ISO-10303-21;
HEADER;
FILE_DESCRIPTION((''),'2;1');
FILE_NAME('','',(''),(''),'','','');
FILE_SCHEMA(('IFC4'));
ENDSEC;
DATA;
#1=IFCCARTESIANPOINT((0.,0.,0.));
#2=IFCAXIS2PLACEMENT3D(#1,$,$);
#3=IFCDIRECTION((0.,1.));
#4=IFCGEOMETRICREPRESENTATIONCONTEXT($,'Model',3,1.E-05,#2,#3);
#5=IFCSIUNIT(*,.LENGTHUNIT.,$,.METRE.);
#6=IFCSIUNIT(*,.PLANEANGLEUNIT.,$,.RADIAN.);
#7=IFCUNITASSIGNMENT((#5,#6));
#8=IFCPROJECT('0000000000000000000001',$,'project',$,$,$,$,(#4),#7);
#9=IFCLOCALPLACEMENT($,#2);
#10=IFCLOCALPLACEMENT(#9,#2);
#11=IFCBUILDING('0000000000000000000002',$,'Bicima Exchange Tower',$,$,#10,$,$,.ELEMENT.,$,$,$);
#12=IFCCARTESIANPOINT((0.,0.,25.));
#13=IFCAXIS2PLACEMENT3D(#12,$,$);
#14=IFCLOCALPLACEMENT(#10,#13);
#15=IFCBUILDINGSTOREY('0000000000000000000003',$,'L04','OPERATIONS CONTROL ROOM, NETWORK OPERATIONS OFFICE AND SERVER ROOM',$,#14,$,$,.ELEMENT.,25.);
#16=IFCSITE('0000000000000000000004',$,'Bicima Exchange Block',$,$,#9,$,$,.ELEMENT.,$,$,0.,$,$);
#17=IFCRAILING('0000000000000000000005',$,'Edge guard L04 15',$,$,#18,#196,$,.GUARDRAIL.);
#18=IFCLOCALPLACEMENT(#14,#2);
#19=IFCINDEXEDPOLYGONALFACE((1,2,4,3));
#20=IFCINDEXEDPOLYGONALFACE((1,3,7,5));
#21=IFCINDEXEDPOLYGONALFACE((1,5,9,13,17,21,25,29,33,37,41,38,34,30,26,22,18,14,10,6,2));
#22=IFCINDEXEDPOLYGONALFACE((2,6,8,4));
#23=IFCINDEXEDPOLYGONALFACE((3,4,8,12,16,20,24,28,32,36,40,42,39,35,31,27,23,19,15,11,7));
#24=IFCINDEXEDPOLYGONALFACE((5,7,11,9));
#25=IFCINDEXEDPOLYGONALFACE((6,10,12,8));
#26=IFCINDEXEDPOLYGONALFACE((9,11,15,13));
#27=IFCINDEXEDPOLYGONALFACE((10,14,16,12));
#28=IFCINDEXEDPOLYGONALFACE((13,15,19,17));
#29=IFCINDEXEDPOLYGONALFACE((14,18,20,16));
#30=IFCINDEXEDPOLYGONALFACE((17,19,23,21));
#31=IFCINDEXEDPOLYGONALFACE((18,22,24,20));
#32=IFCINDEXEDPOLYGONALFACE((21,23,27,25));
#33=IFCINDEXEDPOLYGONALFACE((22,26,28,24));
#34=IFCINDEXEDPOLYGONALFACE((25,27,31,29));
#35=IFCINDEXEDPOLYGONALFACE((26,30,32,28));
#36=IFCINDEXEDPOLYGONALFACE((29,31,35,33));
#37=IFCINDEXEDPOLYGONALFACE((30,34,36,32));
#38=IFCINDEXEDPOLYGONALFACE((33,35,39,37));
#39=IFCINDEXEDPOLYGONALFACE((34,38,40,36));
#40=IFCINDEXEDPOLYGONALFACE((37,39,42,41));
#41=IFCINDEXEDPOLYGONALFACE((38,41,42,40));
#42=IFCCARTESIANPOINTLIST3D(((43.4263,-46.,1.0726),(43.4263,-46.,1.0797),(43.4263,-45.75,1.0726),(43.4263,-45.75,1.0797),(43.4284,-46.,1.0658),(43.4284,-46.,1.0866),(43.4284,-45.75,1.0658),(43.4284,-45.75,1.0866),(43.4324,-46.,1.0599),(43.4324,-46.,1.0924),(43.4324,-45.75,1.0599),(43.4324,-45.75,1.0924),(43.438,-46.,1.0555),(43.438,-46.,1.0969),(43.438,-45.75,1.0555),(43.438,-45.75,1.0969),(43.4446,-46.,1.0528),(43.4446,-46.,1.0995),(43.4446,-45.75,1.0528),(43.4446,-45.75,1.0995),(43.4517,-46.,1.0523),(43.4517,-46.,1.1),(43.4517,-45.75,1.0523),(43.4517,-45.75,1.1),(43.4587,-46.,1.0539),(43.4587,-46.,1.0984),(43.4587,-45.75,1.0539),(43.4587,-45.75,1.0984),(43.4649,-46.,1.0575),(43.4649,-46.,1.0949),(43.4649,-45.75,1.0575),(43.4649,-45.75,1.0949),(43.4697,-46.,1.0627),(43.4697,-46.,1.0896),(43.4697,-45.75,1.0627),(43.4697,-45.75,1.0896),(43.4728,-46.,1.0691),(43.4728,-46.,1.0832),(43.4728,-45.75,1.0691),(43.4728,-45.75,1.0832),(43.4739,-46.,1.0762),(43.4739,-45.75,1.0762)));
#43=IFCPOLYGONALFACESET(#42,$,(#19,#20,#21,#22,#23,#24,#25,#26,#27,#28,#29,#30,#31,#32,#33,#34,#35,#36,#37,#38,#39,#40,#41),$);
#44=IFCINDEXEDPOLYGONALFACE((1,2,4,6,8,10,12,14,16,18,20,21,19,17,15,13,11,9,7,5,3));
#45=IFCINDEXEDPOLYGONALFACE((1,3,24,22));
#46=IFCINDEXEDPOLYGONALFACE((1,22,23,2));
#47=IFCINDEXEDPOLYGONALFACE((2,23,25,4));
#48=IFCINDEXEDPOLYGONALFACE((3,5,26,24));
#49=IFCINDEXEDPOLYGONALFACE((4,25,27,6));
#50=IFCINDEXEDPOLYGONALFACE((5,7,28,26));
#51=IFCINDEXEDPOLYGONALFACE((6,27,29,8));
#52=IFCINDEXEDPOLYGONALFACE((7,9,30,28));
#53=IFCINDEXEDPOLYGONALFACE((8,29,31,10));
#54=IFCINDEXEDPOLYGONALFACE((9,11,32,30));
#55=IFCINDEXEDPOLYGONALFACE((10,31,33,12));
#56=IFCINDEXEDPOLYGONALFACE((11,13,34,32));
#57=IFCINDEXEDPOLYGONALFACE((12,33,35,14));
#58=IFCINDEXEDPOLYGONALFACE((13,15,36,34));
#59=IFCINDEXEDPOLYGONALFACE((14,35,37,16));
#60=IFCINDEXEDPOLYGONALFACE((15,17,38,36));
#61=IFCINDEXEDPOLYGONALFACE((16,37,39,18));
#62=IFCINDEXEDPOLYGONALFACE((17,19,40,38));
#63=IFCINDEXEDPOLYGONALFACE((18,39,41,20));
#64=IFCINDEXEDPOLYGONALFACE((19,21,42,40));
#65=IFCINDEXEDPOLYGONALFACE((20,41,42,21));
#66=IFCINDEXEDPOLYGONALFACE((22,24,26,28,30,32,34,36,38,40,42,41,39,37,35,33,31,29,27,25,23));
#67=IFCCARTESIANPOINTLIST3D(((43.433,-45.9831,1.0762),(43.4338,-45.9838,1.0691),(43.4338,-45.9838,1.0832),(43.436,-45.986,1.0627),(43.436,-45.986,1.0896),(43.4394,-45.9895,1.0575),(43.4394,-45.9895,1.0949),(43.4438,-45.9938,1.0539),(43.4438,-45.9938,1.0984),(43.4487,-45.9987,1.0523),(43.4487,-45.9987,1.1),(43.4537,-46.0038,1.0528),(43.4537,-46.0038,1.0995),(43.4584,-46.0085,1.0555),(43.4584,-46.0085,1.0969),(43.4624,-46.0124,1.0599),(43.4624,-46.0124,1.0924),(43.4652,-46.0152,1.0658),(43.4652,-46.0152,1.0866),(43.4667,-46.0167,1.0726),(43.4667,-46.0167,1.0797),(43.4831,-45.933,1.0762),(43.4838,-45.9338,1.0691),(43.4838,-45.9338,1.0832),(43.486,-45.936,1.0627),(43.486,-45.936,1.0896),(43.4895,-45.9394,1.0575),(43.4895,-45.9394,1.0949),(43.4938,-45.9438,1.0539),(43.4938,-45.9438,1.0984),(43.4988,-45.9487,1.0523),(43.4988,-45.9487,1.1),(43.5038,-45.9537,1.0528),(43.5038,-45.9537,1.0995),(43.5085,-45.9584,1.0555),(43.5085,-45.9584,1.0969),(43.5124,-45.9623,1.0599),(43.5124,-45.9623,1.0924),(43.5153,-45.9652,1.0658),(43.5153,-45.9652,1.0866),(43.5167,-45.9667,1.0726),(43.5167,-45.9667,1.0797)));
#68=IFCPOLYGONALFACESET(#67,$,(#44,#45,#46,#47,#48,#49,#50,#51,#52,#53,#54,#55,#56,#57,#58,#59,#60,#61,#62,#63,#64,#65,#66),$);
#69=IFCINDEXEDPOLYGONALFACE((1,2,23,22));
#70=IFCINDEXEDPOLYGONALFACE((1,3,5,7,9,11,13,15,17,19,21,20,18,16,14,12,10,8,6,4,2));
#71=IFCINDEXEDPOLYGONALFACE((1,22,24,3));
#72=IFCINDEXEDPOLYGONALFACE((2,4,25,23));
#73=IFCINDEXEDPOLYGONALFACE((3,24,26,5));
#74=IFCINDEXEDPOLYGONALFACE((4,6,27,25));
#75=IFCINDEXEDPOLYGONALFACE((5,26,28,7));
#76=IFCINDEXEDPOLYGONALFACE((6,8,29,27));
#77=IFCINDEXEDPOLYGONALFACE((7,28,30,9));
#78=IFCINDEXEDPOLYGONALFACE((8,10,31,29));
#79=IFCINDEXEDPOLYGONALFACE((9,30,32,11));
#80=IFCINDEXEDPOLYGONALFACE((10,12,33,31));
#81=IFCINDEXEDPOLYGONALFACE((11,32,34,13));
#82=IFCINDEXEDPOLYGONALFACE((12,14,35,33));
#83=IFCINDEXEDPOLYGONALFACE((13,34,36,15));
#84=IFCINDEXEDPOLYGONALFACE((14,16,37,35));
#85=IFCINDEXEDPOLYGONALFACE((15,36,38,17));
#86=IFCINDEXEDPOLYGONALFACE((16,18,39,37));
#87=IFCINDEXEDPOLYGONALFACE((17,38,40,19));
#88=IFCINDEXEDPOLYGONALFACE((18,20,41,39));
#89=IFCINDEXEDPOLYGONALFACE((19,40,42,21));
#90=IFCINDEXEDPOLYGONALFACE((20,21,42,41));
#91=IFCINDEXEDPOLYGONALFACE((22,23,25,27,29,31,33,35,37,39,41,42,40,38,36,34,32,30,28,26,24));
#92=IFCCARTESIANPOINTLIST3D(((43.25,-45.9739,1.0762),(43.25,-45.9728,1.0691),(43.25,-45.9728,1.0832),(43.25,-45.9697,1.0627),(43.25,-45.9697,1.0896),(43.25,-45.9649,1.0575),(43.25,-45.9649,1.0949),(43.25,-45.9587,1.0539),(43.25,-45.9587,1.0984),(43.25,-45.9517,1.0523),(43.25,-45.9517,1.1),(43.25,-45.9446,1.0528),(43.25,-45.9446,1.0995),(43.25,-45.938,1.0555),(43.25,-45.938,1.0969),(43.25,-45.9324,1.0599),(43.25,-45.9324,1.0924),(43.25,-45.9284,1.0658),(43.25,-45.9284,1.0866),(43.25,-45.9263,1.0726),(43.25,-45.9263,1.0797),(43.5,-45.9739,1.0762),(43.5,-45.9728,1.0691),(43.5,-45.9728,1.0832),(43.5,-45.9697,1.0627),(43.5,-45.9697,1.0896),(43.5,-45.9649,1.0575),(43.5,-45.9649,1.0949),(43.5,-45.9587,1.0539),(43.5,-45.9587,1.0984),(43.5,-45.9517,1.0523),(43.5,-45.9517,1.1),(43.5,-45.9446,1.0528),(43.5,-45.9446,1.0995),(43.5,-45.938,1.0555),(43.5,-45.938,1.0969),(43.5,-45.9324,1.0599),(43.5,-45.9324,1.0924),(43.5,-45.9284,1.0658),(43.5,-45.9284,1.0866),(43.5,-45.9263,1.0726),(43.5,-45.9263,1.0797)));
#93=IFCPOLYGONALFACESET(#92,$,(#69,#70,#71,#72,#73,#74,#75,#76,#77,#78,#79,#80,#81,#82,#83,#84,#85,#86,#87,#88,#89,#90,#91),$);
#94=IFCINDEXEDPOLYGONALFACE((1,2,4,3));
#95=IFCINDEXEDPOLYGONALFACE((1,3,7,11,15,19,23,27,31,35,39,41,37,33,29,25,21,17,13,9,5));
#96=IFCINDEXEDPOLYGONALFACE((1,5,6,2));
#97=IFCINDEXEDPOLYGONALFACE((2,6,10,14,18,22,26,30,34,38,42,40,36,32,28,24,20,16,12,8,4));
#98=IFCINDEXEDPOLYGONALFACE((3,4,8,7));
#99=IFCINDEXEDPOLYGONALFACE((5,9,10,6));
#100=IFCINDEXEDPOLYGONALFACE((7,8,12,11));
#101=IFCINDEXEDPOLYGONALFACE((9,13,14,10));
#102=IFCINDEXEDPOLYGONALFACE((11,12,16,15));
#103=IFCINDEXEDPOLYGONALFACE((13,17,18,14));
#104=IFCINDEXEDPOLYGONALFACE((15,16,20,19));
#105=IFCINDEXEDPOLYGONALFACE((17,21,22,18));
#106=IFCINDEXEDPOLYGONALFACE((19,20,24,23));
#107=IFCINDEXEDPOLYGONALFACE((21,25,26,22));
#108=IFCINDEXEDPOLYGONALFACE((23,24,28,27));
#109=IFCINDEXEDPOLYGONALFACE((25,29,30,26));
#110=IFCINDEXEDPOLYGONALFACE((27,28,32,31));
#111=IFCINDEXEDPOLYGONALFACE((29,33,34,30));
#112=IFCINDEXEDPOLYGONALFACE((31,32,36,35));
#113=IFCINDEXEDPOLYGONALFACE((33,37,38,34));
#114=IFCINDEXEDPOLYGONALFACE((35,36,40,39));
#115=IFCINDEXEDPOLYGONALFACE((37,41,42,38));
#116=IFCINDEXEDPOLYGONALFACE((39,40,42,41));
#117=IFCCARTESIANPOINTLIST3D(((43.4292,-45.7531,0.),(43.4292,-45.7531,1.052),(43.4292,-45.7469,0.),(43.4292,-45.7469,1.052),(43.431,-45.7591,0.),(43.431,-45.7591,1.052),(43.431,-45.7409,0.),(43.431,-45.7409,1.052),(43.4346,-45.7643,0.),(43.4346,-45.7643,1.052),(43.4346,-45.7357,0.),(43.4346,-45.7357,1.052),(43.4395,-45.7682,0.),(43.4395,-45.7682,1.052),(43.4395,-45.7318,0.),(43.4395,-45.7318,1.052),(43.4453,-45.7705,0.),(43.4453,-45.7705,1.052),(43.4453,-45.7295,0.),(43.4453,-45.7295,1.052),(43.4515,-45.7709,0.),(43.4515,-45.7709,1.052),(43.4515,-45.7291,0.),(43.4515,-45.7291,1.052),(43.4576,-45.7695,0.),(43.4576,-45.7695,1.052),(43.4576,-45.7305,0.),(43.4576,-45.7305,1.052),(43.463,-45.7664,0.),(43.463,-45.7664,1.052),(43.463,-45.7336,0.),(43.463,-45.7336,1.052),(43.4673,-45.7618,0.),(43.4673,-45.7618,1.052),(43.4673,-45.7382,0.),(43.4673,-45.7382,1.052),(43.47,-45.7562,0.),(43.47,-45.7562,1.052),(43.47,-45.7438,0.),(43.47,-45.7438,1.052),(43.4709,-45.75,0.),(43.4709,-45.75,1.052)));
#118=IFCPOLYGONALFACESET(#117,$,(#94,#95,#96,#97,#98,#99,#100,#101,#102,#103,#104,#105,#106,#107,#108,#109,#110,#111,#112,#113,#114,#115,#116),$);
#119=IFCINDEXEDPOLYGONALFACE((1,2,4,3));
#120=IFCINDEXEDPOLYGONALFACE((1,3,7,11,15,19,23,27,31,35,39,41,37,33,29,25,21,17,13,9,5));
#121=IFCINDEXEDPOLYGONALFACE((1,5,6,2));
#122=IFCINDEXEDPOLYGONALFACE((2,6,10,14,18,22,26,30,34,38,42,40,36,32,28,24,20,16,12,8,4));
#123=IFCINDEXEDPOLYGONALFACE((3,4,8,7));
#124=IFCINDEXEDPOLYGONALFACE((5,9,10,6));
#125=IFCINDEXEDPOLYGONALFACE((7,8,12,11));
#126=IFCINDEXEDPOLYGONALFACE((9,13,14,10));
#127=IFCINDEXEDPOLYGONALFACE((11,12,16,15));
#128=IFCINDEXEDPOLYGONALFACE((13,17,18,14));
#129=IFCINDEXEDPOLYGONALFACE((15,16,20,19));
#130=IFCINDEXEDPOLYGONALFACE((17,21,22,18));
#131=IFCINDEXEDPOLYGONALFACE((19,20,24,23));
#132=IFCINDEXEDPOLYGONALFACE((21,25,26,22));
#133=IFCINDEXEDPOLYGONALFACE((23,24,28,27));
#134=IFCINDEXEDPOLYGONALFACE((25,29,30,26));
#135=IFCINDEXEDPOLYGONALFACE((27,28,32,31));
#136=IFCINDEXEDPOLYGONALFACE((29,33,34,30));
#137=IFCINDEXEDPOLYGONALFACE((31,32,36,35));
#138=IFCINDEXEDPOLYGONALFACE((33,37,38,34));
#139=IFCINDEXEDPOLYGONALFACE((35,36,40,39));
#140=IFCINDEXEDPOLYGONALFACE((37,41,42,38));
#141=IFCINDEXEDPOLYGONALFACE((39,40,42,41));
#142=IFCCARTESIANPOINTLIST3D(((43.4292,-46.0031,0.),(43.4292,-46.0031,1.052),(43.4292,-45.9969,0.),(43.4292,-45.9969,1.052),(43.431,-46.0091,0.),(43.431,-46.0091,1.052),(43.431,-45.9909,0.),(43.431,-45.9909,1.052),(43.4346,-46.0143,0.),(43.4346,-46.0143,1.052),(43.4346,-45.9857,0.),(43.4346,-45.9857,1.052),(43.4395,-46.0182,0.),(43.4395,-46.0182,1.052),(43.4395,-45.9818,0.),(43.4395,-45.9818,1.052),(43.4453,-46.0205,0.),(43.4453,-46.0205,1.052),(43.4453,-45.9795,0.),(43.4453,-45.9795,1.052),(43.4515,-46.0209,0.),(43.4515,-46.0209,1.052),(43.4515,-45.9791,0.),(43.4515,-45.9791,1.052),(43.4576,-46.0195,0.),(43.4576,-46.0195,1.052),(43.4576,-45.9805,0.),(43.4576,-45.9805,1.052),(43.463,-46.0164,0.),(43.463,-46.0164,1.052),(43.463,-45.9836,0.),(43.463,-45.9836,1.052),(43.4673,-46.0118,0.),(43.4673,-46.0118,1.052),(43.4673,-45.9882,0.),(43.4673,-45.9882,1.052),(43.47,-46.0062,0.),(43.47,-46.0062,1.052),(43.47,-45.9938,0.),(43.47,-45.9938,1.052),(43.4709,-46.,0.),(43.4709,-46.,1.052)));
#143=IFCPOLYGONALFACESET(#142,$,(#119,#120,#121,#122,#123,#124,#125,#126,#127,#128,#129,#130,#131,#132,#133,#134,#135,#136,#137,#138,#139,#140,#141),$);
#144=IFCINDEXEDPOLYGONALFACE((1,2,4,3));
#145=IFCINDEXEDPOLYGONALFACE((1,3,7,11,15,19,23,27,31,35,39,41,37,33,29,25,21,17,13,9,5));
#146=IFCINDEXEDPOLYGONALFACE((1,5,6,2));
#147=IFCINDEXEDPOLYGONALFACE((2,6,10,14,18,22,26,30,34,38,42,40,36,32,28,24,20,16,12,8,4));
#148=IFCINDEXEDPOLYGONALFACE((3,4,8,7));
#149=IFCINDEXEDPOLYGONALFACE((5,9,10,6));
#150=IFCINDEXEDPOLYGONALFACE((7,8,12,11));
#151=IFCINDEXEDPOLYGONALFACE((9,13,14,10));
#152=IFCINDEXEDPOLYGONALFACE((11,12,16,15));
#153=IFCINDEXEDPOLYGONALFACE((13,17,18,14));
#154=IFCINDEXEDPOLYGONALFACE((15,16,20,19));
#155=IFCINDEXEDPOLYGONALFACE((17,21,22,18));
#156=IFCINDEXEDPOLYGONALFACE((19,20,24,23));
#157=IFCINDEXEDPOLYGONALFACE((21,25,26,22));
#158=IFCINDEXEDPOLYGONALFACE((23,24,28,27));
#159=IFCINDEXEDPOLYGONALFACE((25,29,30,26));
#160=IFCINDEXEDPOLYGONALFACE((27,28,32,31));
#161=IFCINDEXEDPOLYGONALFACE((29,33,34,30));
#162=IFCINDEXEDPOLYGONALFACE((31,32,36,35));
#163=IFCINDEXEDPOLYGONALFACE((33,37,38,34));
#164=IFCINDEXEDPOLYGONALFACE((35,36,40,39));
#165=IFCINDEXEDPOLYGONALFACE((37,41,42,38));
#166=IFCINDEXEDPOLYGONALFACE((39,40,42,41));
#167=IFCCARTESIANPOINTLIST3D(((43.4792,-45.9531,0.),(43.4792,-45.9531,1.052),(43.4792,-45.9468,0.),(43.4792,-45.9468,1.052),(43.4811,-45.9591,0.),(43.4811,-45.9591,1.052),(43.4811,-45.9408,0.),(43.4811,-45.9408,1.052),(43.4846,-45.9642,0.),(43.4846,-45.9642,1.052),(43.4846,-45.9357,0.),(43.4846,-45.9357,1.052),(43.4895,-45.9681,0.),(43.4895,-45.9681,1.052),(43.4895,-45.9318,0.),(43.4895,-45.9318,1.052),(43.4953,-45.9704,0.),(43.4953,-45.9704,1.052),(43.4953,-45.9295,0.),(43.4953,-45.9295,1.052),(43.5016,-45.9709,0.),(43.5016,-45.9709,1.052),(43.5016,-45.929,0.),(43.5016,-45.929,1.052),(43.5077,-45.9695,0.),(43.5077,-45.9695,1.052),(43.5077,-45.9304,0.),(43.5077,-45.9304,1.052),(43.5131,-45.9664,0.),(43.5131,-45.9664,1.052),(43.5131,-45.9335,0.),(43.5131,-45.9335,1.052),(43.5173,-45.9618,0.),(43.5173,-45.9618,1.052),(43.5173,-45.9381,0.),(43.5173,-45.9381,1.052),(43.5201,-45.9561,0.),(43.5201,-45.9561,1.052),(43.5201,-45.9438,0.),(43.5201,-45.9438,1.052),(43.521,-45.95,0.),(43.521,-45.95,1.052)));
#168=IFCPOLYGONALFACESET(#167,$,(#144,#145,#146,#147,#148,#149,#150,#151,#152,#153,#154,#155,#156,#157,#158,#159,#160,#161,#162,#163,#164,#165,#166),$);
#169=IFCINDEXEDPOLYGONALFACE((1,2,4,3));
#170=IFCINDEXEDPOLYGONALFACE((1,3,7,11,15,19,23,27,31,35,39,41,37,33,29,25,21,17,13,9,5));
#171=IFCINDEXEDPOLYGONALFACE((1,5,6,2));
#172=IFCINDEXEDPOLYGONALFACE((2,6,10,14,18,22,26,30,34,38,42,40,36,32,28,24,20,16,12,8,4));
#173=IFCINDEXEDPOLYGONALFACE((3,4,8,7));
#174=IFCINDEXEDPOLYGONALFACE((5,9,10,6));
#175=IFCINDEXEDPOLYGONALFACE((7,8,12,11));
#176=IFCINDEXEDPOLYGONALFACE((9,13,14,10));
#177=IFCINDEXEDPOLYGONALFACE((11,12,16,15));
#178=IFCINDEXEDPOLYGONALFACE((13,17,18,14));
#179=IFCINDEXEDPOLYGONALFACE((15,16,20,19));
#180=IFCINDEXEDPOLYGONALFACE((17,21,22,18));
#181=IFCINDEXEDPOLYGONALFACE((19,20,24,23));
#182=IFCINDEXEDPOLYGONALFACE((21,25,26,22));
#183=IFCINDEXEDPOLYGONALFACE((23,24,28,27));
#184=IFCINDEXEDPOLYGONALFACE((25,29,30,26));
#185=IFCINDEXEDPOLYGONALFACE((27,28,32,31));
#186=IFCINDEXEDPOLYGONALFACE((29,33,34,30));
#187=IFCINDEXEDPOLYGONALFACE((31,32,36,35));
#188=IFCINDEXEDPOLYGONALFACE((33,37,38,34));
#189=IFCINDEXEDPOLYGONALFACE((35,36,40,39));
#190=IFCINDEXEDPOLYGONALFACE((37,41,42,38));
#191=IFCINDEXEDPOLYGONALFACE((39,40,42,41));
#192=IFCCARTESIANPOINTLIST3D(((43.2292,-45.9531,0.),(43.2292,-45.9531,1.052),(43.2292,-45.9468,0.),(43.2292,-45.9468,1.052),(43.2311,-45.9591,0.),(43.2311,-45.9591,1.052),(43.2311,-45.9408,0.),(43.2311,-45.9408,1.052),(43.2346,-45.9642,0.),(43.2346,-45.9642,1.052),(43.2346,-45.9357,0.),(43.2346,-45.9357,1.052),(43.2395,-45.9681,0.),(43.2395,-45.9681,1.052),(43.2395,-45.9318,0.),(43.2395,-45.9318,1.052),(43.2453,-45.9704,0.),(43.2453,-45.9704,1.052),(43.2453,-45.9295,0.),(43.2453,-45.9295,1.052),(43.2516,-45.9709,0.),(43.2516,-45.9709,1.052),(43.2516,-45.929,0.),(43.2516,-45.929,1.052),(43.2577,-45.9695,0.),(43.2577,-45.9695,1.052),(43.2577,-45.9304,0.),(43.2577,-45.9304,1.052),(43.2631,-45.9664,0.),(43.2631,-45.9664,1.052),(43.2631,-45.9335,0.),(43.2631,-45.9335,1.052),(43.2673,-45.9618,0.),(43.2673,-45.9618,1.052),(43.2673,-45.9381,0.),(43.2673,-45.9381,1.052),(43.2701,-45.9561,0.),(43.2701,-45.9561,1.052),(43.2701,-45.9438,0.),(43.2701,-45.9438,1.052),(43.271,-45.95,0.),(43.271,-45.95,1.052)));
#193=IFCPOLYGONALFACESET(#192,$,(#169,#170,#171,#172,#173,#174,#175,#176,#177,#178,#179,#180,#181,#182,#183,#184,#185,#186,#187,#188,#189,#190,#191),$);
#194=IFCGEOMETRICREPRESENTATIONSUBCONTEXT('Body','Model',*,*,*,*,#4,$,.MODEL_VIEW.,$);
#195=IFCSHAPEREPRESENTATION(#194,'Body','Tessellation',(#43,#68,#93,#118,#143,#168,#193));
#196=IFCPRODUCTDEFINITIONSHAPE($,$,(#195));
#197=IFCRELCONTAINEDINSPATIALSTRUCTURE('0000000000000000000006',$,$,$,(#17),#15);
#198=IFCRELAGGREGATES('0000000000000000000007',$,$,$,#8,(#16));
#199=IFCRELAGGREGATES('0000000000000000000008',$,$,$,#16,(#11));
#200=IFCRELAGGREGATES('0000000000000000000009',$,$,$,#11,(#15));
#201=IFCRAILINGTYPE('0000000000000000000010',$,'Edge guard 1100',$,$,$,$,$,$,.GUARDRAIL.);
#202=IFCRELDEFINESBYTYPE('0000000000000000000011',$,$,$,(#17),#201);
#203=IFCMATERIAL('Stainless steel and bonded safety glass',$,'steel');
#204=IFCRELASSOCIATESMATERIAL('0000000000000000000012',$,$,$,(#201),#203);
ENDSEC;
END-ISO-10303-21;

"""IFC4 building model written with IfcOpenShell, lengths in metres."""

from ifc_helpers import new_model, si_unit, direction, frame, origin, origin_2d, place, context, subcontext, project, spatial, circle, extrude, material, type_object, element, save


model = new_model("IFC4")

# Units and contexts
model_context = context("Model", 3, precision=1e-05, world=origin(), true_north=direction((0.0, 1.0)))
body_context = subcontext(model_context, "Body", "Model", "MODEL_VIEW")
ifc_project = project(units=[si_unit("LENGTHUNIT", "METRE"), si_unit("PLANEANGLEUNIT", "RADIAN")], contexts=[model_context])

# Site, building, storey
site_placement = place(None, origin())
site = spatial("IfcSite", under=ifc_project, at=site_placement, Name="Bicima Exchange Block", CompositionType="ELEMENT", RefElevation=0.0)
building_placement = place(site_placement, origin())
building = spatial("IfcBuilding", under=site, at=building_placement, Name="Bicima Exchange Tower", CompositionType="ELEMENT")
storey_placement = place(building_placement, frame((0.0, 0.0, 25.0)))
storey = spatial("IfcBuildingStorey", under=building, at=storey_placement, Name="L04", Description="OPERATIONS CONTROL ROOM, NETWORK OPERATIONS OFFICE AND SERVER ROOM", CompositionType="ELEMENT", Elevation=25.0)

# Railing
ifc_material_1 = material(Name="Stainless steel and bonded safety glass", Category="steel")
railing_type = type_object("IfcRailingType", Name="Edge guard 1100", PredefinedType="GUARDRAIL", material=ifc_material_1)
railing_placement = place(storey_placement, frame((43.45, -45.75, 0.0)))
element("IfcRailing", 1, at=railing_placement, inside=storey, type_object=railing_type, Name="Edge guard L04 15", PredefinedType="GUARDRAIL", context=body_context, shape_type="SweptSolid", body=[
    extrude(circle(Radius=0.0239, at=origin_2d()), frame((0.0, 0.0, 1.0762), z_axis=(0.0, -1.0, 0.0), x_axis=(1.0, 0.0, 0.0)), (0.0, 0.0, 1.0), 0.25),
    extrude(circle(Radius=0.0239, at=origin_2d()), frame((0.0, -0.25, 1.0762), z_axis=(0.707107, 0.707107, 0.0), x_axis=(-0.707107, 0.707107, 0.0)), (0.0, 0.0, 1.0), 0.0708),
    extrude(circle(Radius=0.0239, at=origin_2d()), frame((0.05, -0.2, 1.0762), z_axis=(-1.0, 0.0, 0.0), x_axis=(0.0, -1.0, 0.0)), (0.0, 0.0, 1.0), 0.25),
    extrude(circle(Radius=0.021, at=origin_2d()), origin(), (0.0, 0.0, 1.0), 1.052),
    extrude(circle(Radius=0.021, at=origin_2d()), frame((0.0, -0.25, 0.0)), (0.0, 0.0, 1.0), 1.052),
    extrude(circle(Radius=0.021, at=origin_2d()), frame((0.05, -0.2, 0.0)), (0.0, 0.0, 1.0), 1.052),
    extrude(circle(Radius=0.021, at=origin_2d()), frame((-0.2, -0.2, 0.0)), (0.0, 0.0, 1.0), 1.052),
])

save(model, "model.ifc")
